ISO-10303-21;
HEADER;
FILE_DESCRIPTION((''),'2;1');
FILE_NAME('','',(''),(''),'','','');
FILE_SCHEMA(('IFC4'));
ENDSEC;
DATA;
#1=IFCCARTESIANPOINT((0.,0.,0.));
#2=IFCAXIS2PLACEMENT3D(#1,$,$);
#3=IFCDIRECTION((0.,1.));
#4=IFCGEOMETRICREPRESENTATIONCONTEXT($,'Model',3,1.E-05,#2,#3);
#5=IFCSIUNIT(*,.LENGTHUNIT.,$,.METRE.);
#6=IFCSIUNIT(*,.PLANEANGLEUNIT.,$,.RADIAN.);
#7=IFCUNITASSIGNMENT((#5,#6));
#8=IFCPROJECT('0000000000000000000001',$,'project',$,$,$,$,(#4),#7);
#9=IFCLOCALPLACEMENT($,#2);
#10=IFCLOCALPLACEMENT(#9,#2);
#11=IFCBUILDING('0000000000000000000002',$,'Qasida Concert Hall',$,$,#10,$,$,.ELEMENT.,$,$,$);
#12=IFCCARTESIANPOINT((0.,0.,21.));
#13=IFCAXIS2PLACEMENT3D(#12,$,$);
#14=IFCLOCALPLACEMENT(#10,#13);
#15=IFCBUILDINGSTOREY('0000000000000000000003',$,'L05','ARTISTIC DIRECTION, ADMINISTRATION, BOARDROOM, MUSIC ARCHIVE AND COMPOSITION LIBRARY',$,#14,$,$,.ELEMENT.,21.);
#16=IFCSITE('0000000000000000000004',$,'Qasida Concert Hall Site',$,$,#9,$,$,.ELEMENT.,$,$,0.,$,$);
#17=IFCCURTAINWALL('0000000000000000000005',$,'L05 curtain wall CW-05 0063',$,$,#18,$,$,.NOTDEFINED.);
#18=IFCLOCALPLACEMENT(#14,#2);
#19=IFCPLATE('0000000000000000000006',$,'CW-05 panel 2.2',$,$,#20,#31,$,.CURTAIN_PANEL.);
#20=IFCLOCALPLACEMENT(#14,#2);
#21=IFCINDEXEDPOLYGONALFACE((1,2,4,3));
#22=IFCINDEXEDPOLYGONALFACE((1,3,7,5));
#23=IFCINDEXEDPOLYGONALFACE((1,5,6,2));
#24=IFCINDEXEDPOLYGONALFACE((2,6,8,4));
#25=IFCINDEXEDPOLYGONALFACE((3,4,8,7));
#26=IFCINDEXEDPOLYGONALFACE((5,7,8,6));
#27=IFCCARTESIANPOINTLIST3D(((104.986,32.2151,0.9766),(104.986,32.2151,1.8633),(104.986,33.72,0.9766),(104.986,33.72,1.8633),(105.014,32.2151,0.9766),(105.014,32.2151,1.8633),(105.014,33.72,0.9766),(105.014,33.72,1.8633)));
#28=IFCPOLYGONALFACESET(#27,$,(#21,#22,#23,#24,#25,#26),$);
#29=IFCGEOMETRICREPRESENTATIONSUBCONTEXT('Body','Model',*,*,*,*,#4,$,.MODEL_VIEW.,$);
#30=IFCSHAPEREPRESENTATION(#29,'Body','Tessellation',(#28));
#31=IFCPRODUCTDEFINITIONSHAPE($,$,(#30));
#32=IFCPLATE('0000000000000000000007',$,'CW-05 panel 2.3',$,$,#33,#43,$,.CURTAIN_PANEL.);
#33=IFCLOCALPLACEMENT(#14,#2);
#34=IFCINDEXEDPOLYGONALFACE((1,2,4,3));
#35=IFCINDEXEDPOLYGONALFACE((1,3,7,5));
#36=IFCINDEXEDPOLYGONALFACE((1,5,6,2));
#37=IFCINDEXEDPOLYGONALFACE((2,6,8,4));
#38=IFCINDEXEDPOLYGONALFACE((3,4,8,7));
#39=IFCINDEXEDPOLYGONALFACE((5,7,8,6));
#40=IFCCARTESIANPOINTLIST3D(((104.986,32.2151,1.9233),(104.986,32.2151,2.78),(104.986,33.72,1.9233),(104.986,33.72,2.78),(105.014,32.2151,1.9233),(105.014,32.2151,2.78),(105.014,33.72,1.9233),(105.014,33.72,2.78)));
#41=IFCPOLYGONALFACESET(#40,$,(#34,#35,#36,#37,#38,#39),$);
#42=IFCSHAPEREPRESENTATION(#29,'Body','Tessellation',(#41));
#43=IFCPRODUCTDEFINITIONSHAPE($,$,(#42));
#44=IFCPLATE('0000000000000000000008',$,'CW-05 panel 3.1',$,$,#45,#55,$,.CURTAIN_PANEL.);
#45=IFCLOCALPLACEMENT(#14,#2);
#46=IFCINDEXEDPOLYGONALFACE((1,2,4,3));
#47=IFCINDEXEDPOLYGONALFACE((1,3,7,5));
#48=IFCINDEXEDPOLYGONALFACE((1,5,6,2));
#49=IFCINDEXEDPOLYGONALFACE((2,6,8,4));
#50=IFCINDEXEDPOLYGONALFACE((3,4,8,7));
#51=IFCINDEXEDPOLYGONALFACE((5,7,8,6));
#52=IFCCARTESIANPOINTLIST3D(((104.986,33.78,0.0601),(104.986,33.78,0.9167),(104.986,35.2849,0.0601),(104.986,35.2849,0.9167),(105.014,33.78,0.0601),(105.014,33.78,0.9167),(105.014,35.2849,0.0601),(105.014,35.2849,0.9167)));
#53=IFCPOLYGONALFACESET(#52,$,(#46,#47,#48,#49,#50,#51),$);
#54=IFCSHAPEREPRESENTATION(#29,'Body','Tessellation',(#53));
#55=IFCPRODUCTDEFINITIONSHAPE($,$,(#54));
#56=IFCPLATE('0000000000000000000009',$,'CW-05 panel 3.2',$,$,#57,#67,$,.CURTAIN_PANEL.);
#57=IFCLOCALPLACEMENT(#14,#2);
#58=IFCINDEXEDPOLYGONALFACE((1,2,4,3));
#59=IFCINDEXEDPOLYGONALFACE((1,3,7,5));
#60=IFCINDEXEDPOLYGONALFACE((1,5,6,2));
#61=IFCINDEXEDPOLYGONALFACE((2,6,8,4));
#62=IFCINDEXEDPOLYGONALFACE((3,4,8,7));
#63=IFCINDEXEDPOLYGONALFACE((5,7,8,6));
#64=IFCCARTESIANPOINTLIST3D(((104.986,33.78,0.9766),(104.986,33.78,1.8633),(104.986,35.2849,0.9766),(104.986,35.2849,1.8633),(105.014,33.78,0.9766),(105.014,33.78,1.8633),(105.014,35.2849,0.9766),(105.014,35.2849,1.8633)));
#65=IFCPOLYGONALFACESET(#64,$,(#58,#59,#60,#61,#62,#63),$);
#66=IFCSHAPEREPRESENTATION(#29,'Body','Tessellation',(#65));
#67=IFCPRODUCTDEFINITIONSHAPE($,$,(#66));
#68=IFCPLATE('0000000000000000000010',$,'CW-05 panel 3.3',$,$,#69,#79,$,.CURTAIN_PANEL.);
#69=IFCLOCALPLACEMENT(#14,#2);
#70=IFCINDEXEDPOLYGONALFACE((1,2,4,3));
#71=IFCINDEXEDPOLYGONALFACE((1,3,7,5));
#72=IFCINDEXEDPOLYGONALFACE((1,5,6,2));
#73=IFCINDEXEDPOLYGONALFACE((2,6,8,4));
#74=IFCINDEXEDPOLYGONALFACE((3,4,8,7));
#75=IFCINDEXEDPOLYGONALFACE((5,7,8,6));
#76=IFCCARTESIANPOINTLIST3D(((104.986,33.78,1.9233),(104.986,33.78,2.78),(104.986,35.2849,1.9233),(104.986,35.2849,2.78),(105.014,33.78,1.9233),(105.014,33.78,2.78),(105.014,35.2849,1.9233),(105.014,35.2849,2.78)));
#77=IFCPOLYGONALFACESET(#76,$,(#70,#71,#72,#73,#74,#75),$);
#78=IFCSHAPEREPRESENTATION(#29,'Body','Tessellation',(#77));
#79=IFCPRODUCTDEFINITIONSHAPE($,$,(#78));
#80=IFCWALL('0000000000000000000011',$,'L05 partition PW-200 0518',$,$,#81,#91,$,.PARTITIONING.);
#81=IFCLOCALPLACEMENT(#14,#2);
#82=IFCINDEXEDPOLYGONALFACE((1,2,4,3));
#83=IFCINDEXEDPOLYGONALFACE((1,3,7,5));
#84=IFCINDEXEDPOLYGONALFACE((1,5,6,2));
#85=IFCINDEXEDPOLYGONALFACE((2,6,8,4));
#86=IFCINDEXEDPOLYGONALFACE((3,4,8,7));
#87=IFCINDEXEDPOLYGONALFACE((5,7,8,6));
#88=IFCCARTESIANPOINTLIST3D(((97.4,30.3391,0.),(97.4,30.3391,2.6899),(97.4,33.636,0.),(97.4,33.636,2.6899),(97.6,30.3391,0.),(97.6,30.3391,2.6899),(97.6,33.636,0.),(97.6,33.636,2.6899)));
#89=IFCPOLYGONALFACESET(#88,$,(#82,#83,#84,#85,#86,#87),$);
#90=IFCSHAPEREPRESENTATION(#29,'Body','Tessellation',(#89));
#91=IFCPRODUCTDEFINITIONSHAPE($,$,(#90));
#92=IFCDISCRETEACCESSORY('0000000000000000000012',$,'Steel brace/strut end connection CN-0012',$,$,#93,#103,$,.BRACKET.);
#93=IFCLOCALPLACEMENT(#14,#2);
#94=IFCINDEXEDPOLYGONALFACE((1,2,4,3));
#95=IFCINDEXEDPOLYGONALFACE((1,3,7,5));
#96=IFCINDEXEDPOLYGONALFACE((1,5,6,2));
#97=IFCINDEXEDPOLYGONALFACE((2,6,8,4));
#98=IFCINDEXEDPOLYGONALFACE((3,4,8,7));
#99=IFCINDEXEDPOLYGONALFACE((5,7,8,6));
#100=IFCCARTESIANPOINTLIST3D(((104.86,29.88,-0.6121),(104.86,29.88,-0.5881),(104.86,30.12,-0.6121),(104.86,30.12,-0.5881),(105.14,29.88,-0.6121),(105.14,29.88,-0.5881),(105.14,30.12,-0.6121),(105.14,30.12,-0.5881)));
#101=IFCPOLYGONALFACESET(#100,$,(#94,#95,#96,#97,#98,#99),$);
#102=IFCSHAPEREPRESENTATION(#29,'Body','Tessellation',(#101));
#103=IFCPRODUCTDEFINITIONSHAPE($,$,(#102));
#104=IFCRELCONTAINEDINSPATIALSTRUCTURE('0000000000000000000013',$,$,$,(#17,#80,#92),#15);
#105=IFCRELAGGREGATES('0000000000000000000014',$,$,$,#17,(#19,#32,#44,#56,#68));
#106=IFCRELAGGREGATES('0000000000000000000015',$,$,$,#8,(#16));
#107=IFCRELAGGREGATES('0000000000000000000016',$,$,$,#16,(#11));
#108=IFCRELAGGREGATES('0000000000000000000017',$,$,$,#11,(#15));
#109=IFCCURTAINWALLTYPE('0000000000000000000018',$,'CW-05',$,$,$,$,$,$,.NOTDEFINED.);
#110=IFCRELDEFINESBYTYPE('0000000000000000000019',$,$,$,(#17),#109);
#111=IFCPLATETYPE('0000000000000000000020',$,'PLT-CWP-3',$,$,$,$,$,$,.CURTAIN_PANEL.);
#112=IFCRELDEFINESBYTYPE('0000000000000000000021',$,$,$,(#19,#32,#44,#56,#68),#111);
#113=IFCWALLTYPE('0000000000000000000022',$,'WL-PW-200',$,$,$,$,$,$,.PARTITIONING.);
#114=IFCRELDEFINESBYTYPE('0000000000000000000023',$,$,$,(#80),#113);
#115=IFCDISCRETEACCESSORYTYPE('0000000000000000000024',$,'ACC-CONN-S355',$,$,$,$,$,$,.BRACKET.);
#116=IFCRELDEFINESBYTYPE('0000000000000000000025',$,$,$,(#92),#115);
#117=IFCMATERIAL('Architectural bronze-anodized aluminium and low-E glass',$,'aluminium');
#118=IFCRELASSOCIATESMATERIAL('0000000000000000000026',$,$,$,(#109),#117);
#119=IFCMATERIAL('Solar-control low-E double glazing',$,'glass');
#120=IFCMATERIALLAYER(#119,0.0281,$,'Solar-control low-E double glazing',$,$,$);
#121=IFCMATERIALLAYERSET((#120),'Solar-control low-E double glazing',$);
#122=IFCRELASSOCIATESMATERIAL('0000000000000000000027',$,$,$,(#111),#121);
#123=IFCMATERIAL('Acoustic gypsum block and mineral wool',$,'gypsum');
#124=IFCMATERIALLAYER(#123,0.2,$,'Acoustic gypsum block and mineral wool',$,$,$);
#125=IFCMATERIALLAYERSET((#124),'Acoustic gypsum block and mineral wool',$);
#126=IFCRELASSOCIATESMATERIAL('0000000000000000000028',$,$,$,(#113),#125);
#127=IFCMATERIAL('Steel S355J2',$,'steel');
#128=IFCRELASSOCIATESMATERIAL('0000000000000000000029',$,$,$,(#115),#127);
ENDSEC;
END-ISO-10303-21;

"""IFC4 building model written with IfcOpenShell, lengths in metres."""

from ifc_helpers import new_model, si_unit, direction, frame, frame_2d, origin, origin_2d, place, context, subcontext, project, spatial, rectangle, extrude, material, layer, layer_set, type_object, element, aggregate, save


model = new_model("IFC4")

# Units and contexts
model_context = context("Model", 3, precision=1e-05, world=origin(), true_north=direction((0.0, 1.0)))
body_context = subcontext(model_context, "Body", "Model", "MODEL_VIEW")
ifc_project = project(units=[si_unit("LENGTHUNIT", "METRE"), si_unit("PLANEANGLEUNIT", "RADIAN")], contexts=[model_context])

# Site, building, storey
site_placement = place(None, origin())
site = spatial("IfcSite", under=ifc_project, at=site_placement, Name="Qasida Concert Hall Site", CompositionType="ELEMENT", RefElevation=0.0)
building_placement = place(site_placement, origin())
building = spatial("IfcBuilding", under=site, at=building_placement, Name="Qasida Concert Hall", CompositionType="ELEMENT")
storey_placement = place(building_placement, frame((0.0, 0.0, 21.0)))
storey = spatial("IfcBuildingStorey", under=building, at=storey_placement, Name="L05", Description="ARTISTIC DIRECTION, ADMINISTRATION, BOARDROOM, MUSIC ARCHIVE AND COMPOSITION LIBRARY", CompositionType="ELEMENT", Elevation=21.0)

# Shared definitions
ifc_material_1 = material(Name="Steel S355J2", Category="steel")

# Curtain wall, plates
ifc_material_2 = material(Name="Architectural bronze-anodized aluminium and low-E glass", Category="aluminium")
curtain_wall_type = type_object("IfcCurtainWallType", Name="CW-05", PredefinedType="NOTDEFINED", material=ifc_material_2)
curtain_wall_placement = place(storey_placement, origin())
curtain_wall = element("IfcCurtainWall", 1, at=curtain_wall_placement, inside=storey, type_object=curtain_wall_type, Name="L05 curtain wall CW-05 0063", PredefinedType="NOTDEFINED")
ifc_material_3 = material(Name="Solar-control low-E double glazing", Category="glass")
ifc_layer_1 = layer(ifc_material_3, 0.0281, Name="Solar-control low-E double glazing")
ifc_layer_set_1 = layer_set([ifc_layer_1], Name="Solar-control low-E double glazing")
plate_type = type_object("IfcPlateType", Name="PLT-CWP-3", PredefinedType="CURTAIN_PANEL", material=ifc_layer_set_1)
plate_1_placement = place(storey_placement, frame((105.0, 32.9675, 0.9766), z_axis=(0.0, 0.0, 1.0), x_axis=(0.0, 1.0, 0.0)))
plate_1 = element("IfcPlate", 2, at=plate_1_placement, type_object=plate_type, Name="CW-05 panel 2.2", PredefinedType="CURTAIN_PANEL", context=body_context, shape_type="SweptSolid", body=[
    extrude(rectangle(XDim=1.5049, YDim=0.0281, at=origin_2d()), origin(), (0.0, 0.0, 1.0), 0.8867),
])
plate_2_placement = place(storey_placement, frame((105.0, 32.9675, 1.9233), z_axis=(0.0, 0.0, 1.0), x_axis=(0.0, 1.0, 0.0)))
plate_2 = element("IfcPlate", 3, at=plate_2_placement, type_object=plate_type, Name="CW-05 panel 2.3", PredefinedType="CURTAIN_PANEL", context=body_context, shape_type="SweptSolid", body=[
    extrude(rectangle(XDim=1.5049, YDim=0.0281, at=origin_2d()), origin(), (0.0, 0.0, 1.0), 0.8567),
])
plate_3_placement = place(storey_placement, frame((105.0, 34.5325, 0.0601), z_axis=(0.0, 0.0, 1.0), x_axis=(0.0, 1.0, 0.0)))
plate_3 = element("IfcPlate", 4, at=plate_3_placement, type_object=plate_type, Name="CW-05 panel 3.1", PredefinedType="CURTAIN_PANEL", context=body_context, shape_type="SweptSolid", body=[
    extrude(rectangle(XDim=1.5049, YDim=0.0281, at=origin_2d()), origin(), (0.0, 0.0, 1.0), 0.8567),
])
plate_4_placement = place(storey_placement, frame((105.0, 34.5325, 0.9766), z_axis=(0.0, 0.0, 1.0), x_axis=(0.0, 1.0, 0.0)))
plate_4 = element("IfcPlate", 5, at=plate_4_placement, type_object=plate_type, Name="CW-05 panel 3.2", PredefinedType="CURTAIN_PANEL", context=body_context, shape_type="SweptSolid", body=[
    extrude(rectangle(XDim=1.5049, YDim=0.0281, at=origin_2d()), origin(), (0.0, 0.0, 1.0), 0.8867),
])
plate_5_placement = place(storey_placement, frame((105.0, 34.5325, 1.9233), z_axis=(0.0, 0.0, 1.0), x_axis=(0.0, 1.0, 0.0)))
plate_5 = element("IfcPlate", 6, at=plate_5_placement, type_object=plate_type, Name="CW-05 panel 3.3", PredefinedType="CURTAIN_PANEL", context=body_context, shape_type="SweptSolid", body=[
    extrude(rectangle(XDim=1.5049, YDim=0.0281, at=origin_2d()), origin(), (0.0, 0.0, 1.0), 0.8567),
])
aggregate(curtain_wall, [plate_1, plate_2, plate_3, plate_4, plate_5])

# Wall
ifc_material_4 = material(Name="Acoustic gypsum block and mineral wool", Category="gypsum")
ifc_layer_2 = layer(ifc_material_4, 0.2, Name="Acoustic gypsum block and mineral wool")
ifc_layer_set_2 = layer_set([ifc_layer_2], Name="Acoustic gypsum block and mineral wool")
wall_type = type_object("IfcWallType", Name="WL-PW-200", PredefinedType="PARTITIONING", material=ifc_layer_set_2)
wall_placement = place(storey_placement, frame((97.5, 30.3391, 0.0), z_axis=(0.0, 0.0, 1.0), x_axis=(0.0, 1.0, 0.0)))
element("IfcWall", 7, at=wall_placement, inside=storey, type_object=wall_type, Name="L05 partition PW-200 0518", PredefinedType="PARTITIONING", context=body_context, shape_type="SweptSolid", body=[
    extrude(rectangle(XDim=3.2969, YDim=0.2, at=frame_2d((1.6484, 0.0))), origin(), (0.0, 0.0, 1.0), 2.6899),
])

# Discrete accessory
discrete_accessory_type = type_object("IfcDiscreteAccessoryType", Name="ACC-CONN-S355", PredefinedType="BRACKET", material=ifc_material_1)
discrete_accessory_placement = place(storey_placement, frame((105.0, 30.0, -0.6121), z_axis=(0.0, 0.0, 1.0), x_axis=(1.0, 0.0, 0.0)))
element("IfcDiscreteAccessory", 8, at=discrete_accessory_placement, inside=storey, type_object=discrete_accessory_type, Name="Steel brace/strut end connection CN-0012", PredefinedType="BRACKET", context=body_context, shape_type="SweptSolid", body=[
    extrude(rectangle(XDim=0.28, YDim=0.24, at=origin_2d()), origin(), (0.0, 0.0, 1.0), 0.0239),
])

save(model, "model.ifc")
